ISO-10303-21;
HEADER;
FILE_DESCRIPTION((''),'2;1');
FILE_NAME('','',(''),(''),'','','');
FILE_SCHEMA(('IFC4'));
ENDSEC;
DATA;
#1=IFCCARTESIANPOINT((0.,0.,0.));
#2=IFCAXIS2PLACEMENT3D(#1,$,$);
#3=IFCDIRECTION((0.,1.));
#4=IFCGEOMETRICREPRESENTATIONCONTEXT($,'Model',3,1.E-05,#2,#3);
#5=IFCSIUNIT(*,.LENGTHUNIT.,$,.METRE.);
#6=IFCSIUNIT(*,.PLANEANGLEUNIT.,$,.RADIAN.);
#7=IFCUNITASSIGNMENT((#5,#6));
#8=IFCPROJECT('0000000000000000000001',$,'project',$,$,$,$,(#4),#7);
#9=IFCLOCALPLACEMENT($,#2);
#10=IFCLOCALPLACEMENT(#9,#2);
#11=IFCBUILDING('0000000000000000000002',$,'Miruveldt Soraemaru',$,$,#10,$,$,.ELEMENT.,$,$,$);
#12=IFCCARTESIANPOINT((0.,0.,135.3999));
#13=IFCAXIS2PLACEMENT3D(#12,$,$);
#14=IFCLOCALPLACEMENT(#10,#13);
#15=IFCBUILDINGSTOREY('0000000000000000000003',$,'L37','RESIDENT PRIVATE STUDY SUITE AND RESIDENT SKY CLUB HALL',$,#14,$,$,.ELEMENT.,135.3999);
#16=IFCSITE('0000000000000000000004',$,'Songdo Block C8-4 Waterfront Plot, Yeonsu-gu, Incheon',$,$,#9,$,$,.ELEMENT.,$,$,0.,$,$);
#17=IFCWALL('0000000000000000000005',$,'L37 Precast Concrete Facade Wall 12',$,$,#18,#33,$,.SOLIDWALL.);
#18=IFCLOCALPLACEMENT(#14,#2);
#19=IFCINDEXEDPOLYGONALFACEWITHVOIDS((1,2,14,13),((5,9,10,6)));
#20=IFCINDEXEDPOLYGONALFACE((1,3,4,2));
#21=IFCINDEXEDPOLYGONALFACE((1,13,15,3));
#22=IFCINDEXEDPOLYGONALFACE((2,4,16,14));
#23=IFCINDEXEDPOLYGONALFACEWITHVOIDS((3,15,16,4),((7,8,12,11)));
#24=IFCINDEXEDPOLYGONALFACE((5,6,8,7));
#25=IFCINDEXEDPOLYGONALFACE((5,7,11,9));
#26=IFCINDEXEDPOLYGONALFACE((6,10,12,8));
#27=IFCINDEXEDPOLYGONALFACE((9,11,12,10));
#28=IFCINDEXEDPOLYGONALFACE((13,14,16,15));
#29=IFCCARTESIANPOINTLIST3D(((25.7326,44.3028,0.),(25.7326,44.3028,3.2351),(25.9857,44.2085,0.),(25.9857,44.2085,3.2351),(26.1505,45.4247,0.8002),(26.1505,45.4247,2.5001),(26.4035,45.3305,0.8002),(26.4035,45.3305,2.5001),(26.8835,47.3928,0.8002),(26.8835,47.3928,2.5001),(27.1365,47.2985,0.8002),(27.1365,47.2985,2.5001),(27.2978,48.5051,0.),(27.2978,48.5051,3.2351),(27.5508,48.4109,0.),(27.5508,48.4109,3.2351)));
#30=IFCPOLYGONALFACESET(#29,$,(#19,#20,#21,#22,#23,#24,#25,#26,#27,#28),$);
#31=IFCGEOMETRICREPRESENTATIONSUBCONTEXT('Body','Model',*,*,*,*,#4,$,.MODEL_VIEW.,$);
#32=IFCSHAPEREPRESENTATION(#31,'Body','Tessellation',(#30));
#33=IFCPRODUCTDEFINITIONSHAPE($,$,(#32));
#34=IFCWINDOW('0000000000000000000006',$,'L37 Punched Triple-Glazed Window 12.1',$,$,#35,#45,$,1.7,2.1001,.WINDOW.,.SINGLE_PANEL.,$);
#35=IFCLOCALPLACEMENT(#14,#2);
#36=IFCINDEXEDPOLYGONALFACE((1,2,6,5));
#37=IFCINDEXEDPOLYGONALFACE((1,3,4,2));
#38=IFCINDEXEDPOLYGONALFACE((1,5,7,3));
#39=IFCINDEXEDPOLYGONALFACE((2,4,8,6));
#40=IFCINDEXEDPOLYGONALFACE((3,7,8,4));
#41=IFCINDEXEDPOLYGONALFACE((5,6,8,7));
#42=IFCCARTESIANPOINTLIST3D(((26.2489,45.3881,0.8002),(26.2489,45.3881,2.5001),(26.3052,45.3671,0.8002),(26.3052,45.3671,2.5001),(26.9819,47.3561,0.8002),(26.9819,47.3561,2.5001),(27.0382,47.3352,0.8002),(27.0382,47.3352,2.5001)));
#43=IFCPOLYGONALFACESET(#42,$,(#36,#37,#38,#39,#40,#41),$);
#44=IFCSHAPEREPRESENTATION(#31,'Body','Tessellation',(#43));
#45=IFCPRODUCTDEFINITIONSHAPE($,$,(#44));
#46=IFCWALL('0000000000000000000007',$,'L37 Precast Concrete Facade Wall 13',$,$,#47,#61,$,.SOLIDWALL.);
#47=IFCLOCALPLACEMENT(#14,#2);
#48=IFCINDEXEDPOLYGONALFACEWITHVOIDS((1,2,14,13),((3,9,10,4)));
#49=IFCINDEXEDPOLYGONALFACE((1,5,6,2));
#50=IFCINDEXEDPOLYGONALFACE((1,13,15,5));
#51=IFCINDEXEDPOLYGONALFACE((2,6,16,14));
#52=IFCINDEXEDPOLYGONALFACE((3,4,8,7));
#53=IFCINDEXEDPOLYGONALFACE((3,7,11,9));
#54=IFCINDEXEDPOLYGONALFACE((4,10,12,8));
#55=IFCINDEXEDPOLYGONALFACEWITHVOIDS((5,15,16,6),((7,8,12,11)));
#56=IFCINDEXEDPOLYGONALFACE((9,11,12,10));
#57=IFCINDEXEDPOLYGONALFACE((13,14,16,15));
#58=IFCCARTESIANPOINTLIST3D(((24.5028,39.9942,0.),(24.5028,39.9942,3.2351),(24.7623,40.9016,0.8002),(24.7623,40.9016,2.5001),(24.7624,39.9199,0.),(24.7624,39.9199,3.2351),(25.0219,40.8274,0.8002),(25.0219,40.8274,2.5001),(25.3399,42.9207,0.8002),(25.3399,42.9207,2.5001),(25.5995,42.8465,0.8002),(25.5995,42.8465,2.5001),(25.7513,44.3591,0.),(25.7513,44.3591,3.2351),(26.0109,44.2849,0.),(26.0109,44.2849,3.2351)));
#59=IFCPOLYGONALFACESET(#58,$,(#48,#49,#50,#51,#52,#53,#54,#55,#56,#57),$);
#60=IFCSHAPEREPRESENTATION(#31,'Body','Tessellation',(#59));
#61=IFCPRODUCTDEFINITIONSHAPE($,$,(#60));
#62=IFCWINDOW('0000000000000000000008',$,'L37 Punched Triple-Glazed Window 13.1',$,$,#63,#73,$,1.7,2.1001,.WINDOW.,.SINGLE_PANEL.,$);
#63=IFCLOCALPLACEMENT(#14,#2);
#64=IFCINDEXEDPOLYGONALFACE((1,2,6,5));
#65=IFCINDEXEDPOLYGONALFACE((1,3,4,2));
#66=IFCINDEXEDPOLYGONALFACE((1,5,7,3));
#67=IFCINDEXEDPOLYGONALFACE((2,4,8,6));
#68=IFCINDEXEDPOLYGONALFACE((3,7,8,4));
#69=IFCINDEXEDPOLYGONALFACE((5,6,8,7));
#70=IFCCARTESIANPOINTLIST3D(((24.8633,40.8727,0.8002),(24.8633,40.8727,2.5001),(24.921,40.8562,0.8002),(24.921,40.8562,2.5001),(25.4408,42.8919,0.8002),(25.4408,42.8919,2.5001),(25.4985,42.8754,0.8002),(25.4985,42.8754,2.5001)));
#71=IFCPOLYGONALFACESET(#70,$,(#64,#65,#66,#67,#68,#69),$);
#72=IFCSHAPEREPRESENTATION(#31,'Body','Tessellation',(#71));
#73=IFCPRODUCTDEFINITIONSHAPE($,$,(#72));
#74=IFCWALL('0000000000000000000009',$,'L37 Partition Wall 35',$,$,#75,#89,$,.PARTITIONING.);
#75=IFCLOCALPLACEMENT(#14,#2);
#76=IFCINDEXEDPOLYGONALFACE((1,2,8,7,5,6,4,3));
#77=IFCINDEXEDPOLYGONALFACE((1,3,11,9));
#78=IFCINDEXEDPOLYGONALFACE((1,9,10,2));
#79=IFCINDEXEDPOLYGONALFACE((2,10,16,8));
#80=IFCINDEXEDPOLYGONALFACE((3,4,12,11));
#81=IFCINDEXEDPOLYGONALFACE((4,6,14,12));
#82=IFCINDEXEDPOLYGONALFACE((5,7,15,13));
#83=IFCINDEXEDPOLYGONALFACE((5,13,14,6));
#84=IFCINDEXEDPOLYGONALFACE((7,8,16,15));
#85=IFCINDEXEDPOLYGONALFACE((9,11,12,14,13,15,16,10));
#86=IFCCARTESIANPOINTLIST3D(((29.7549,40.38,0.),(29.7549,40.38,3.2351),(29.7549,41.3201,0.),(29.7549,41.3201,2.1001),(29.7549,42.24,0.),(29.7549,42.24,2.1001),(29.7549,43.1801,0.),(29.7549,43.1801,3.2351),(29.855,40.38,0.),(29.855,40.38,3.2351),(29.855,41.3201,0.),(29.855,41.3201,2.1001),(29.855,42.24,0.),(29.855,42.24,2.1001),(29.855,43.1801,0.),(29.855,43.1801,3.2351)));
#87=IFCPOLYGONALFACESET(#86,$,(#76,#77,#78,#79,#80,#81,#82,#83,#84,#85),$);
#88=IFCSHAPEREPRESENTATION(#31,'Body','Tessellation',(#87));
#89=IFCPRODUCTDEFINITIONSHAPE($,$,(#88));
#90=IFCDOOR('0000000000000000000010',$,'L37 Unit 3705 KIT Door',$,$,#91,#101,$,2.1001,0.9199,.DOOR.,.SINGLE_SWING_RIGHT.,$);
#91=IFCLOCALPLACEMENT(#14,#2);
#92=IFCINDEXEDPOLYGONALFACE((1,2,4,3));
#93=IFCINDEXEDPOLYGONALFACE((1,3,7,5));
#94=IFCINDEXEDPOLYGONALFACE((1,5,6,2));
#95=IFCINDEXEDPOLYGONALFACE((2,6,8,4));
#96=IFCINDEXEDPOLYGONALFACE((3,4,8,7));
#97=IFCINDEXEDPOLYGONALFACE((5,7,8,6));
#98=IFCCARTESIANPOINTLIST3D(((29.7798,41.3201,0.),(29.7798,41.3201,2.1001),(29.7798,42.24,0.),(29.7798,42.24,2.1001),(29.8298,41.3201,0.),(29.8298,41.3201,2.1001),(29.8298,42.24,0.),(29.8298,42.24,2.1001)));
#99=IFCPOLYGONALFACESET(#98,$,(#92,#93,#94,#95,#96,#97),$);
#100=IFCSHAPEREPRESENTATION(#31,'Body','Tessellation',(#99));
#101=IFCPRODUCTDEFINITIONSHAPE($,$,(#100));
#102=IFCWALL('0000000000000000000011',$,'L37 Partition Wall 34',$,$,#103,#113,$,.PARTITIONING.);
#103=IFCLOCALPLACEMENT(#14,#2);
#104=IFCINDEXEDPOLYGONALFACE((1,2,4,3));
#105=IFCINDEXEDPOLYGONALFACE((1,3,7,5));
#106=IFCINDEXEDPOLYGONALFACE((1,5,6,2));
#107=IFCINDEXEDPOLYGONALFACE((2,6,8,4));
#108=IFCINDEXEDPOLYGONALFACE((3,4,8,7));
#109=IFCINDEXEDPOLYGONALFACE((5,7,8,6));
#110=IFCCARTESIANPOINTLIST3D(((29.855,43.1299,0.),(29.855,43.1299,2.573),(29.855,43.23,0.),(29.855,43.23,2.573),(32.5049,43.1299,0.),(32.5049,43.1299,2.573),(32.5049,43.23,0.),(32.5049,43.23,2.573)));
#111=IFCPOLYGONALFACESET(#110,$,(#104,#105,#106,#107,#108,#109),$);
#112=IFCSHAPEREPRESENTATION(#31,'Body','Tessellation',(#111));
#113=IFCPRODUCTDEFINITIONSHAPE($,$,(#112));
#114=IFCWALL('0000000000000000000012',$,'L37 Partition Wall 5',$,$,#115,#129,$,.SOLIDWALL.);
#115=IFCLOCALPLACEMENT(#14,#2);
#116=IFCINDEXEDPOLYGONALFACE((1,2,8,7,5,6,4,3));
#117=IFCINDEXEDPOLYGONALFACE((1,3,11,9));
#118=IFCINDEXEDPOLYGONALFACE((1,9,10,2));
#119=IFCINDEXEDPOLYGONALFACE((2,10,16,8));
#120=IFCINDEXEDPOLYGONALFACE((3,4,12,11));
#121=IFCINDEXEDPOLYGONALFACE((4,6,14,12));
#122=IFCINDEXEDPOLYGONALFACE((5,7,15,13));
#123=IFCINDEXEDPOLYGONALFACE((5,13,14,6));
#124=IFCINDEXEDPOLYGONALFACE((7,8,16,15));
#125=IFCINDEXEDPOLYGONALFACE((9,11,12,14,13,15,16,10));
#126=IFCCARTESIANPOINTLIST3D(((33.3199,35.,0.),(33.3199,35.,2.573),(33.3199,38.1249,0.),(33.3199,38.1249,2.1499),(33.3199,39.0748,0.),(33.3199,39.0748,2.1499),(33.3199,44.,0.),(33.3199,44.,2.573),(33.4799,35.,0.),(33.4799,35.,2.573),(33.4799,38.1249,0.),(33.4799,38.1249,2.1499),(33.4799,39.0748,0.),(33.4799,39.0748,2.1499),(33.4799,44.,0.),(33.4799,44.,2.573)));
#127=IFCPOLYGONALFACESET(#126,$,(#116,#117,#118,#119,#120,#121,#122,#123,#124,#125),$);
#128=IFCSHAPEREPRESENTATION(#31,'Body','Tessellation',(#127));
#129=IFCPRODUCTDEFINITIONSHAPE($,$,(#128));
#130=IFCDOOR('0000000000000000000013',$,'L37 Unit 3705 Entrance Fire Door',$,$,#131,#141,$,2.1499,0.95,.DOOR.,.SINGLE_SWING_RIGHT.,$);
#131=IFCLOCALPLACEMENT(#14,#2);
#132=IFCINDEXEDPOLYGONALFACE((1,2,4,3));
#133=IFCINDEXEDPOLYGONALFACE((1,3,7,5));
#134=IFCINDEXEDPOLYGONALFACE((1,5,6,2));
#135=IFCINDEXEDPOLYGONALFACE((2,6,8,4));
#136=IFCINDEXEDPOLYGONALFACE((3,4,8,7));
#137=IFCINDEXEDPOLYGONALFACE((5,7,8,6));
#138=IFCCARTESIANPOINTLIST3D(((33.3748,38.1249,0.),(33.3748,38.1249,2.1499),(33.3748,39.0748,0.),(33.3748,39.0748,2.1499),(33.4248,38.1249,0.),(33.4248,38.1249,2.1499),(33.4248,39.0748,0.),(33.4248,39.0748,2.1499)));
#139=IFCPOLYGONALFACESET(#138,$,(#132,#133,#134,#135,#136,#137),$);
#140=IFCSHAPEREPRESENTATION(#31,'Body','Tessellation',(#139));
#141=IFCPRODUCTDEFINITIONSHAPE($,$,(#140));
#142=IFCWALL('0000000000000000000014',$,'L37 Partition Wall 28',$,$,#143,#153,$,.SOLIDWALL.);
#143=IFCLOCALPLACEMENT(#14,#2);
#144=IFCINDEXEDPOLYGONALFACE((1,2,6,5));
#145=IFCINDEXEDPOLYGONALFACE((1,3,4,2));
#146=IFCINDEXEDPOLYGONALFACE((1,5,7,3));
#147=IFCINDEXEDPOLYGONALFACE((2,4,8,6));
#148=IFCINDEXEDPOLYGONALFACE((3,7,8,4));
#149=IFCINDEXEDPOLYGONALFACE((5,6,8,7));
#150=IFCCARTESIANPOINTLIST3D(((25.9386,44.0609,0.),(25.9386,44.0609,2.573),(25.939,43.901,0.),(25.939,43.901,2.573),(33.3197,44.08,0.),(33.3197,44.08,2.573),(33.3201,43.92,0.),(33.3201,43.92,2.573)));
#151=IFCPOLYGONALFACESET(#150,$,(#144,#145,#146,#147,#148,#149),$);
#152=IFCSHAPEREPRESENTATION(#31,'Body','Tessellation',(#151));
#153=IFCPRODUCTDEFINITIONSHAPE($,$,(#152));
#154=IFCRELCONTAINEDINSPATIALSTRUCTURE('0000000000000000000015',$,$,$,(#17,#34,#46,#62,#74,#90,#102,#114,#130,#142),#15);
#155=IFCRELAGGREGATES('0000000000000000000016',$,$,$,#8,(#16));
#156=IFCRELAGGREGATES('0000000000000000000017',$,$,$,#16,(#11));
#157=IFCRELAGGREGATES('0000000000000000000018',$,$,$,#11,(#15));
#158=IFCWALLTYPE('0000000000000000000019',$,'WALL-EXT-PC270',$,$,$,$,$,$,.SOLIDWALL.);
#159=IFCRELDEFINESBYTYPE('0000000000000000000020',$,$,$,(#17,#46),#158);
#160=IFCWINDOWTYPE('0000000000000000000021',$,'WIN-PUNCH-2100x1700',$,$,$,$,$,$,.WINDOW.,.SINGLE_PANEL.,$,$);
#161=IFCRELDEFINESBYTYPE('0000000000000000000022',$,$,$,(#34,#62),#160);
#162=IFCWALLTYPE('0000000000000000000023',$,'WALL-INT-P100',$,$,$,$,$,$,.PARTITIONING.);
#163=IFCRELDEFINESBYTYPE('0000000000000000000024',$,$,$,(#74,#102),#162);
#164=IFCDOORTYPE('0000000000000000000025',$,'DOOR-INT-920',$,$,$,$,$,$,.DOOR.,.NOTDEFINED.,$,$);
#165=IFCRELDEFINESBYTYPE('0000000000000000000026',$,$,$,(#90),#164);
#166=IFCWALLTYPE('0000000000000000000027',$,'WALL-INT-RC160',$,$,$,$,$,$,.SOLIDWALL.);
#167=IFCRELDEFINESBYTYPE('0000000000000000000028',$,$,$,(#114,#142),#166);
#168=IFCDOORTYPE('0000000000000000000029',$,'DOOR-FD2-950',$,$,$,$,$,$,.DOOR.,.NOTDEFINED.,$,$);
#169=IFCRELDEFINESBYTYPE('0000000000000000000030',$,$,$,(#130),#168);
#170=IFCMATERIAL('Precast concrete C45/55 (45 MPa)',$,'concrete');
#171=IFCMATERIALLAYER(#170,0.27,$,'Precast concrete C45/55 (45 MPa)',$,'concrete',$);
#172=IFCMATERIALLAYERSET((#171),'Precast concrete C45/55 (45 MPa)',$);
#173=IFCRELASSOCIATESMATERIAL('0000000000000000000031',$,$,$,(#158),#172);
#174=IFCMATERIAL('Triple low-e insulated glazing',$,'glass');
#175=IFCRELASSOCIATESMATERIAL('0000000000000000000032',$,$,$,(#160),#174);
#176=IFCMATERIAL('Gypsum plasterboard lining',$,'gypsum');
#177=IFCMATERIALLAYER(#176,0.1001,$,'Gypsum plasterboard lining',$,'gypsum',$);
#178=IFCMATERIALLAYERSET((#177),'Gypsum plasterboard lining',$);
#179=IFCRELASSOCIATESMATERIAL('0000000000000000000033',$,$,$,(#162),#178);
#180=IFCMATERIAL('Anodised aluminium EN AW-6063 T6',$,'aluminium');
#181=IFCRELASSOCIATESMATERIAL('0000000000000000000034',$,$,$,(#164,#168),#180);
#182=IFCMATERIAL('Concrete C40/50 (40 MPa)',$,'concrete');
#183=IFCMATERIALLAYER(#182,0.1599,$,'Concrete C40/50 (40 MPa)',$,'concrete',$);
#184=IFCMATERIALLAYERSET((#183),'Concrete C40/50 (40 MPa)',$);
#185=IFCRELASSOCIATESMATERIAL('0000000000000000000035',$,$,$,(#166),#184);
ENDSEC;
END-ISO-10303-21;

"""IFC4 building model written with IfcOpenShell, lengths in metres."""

from ifc_helpers import new_model, si_unit, direction, frame, frame_2d, origin, place, context, subcontext, project, spatial, rectangle, extrude, material, layer, layer_set, type_object, element, fill, save


model = new_model("IFC4")

# Units and contexts
model_context = context("Model", 3, precision=1e-05, world=origin(), true_north=direction((0.0, 1.0)))
body_context = subcontext(model_context, "Body", "Model", "MODEL_VIEW")
ifc_project = project(units=[si_unit("LENGTHUNIT", "METRE"), si_unit("PLANEANGLEUNIT", "RADIAN")], contexts=[model_context])

# Site, building, storey
site_placement = place(None, origin())
site = spatial("IfcSite", under=ifc_project, at=site_placement, Name="Songdo Block C8-4 Waterfront Plot, Yeonsu-gu, Incheon", CompositionType="ELEMENT", RefElevation=0.0)
building_placement = place(site_placement, origin())
building = spatial("IfcBuilding", under=site, at=building_placement, Name="Miruveldt Soraemaru", CompositionType="ELEMENT")
storey_placement = place(building_placement, frame((0.0, 0.0, 135.3999)))
storey = spatial("IfcBuildingStorey", under=building, at=storey_placement, Name="L37", Description="RESIDENT PRIVATE STUDY SUITE AND RESIDENT SKY CLUB HALL", CompositionType="ELEMENT", Elevation=135.3999)

# Shared definitions
ifc_material_1 = material(Name="Concrete C40/50 (40 MPa)", Category="concrete")

# Walls, openings, windows
ifc_material_2 = material(Name="Precast concrete C45/55 (45 MPa)", Category="concrete")
ifc_layer_1 = layer(ifc_material_2, 0.27, Name="Precast concrete C45/55 (45 MPa)", Category="concrete")
ifc_layer_set_1 = layer_set([ifc_layer_1], Name="Precast concrete C45/55 (45 MPa)")
wall_type_1 = type_object("IfcWallType", Name="WALL-EXT-PC270", PredefinedType="SOLIDWALL", material=ifc_layer_set_1)
wall_1_placement = place(storey_placement, frame((27.4243, 48.458, 0.0), z_axis=(0.0, 0.0, 1.0), x_axis=(-0.349028, -0.937112, 0.0)))
wall_1 = element("IfcWall", 1, at=wall_1_placement, inside=storey, type_object=wall_type_1, Name="L37 Precast Concrete Facade Wall 12", PredefinedType="SOLIDWALL", context=body_context, shape_type="SweptSolid", body=[
    extrude(rectangle(XDim=4.4844, YDim=0.27, at=frame_2d((2.2422, 0.0))), origin(), (0.0, 0.0, 1.0), 3.2351),
])
opening_1_placement = place(wall_1_placement, frame((1.187, 0.0, 0.8)))
opening_1 = element("IfcOpeningElement", 2, at=opening_1_placement, cuts=wall_1, PredefinedType="OPENING", context=body_context, shape_type="SweptSolid", body=[
    extrude(rectangle(XDim=2.1001, YDim=1.7, at=frame_2d((1.05, 0.8501))), frame((0.0, 0.145, 0.0), z_axis=(0.0, -1.0, 0.0), x_axis=(1.0, 0.0, 0.0)), (0.0, 0.0, 1.0), 0.29),
])
ifc_material_3 = material(Name="Triple low-e insulated glazing", Category="glass")
window_type = type_object("IfcWindowType", Name="WIN-PUNCH-2100x1700", PartitioningType="SINGLE_PANEL", PredefinedType="WINDOW", material=ifc_material_3)
window_1_placement = place(opening_1_placement, origin())
window_1 = element("IfcWindow", 3, at=window_1_placement, inside=storey, type_object=window_type, Name="L37 Punched Triple-Glazed Window 12.1", OverallHeight=1.7, OverallWidth=2.1001, PartitioningType="SINGLE_PANEL", PredefinedType="WINDOW", context=body_context, shape_type="SweptSolid", body=[
    extrude(rectangle(XDim=2.1001, YDim=1.7, at=frame_2d((1.05, 0.8501))), frame((0.0, 0.03, 0.0), z_axis=(0.0, -1.0, 0.0), x_axis=(1.0, 0.0, 0.0)), (0.0, 0.0, 1.0), 0.0601),
])
fill(opening_1, window_1)
wall_2_placement = place(storey_placement, frame((25.8811, 44.322, 0.0), z_axis=(0.0, 0.0, 1.0), x_axis=(-0.275005, -0.961443, 0.0)))
wall_2 = element("IfcWall", 4, at=wall_2_placement, inside=storey, type_object=wall_type_1, Name="L37 Precast Concrete Facade Wall 13", PredefinedType="SOLIDWALL", context=body_context, shape_type="SweptSolid", body=[
    extrude(rectangle(XDim=4.54, YDim=0.27, at=frame_2d((2.27, 0.0))), origin(), (0.0, 0.0, 1.0), 3.2351),
])
opening_2_placement = place(wall_2_placement, frame((1.4961, 0.0, 0.8)))
opening_2 = element("IfcOpeningElement", 5, at=opening_2_placement, cuts=wall_2, PredefinedType="OPENING", context=body_context, shape_type="SweptSolid", body=[
    extrude(rectangle(XDim=2.1001, YDim=1.7, at=frame_2d((1.05, 0.8501))), frame((0.0, 0.145, 0.0), z_axis=(0.0, -1.0, 0.0), x_axis=(1.0, 0.0, 0.0)), (0.0, 0.0, 1.0), 0.29),
])
window_2_placement = place(opening_2_placement, origin())
window_2 = element("IfcWindow", 6, at=window_2_placement, inside=storey, type_object=window_type, Name="L37 Punched Triple-Glazed Window 13.1", OverallHeight=1.7, OverallWidth=2.1001, PartitioningType="SINGLE_PANEL", PredefinedType="WINDOW", context=body_context, shape_type="SweptSolid", body=[
    extrude(rectangle(XDim=2.1001, YDim=1.7, at=frame_2d((1.05, 0.8501))), frame((0.0, 0.03, 0.0), z_axis=(0.0, -1.0, 0.0), x_axis=(1.0, 0.0, 0.0)), (0.0, 0.0, 1.0), 0.0601),
])
fill(opening_2, window_2)

# Wall, opening, door
ifc_material_4 = material(Name="Gypsum plasterboard lining", Category="gypsum")
ifc_layer_2 = layer(ifc_material_4, 0.1001, Name="Gypsum plasterboard lining", Category="gypsum")
ifc_layer_set_2 = layer_set([ifc_layer_2], Name="Gypsum plasterboard lining")
wall_type_2 = type_object("IfcWallType", Name="WALL-INT-P100", PredefinedType="PARTITIONING", material=ifc_layer_set_2)
wall_3_placement = place(storey_placement, frame((29.8049, 43.1799, 0.0), z_axis=(0.0, 0.0, 1.0), x_axis=(0.0, -1.0, 0.0)))
wall_3 = element("IfcWall", 7, at=wall_3_placement, inside=storey, type_object=wall_type_2, Name="L37 Partition Wall 35", PredefinedType="PARTITIONING", context=body_context, shape_type="SweptSolid", body=[
    extrude(rectangle(XDim=2.8, YDim=0.1001, at=frame_2d((1.3999, 0.0))), origin(), (0.0, 0.0, 1.0), 3.2351),
])
opening_3_placement = place(wall_3_placement, frame((0.9399, 0.0, 0.0)))
opening_3 = element("IfcOpeningElement", 8, at=opening_3_placement, cuts=wall_3, PredefinedType="OPENING", context=body_context, shape_type="SweptSolid", body=[
    extrude(rectangle(XDim=0.9199, YDim=2.1001, at=frame_2d((0.46, 1.05))), frame((0.0, 0.0601, 0.0), z_axis=(0.0, -1.0, 0.0), x_axis=(1.0, 0.0, 0.0)), (0.0, 0.0, 1.0), 0.1201),
])
ifc_material_5 = material(Name="Anodised aluminium EN AW-6063 T6", Category="aluminium")
door_type_1 = type_object("IfcDoorType", Name="DOOR-INT-920", OperationType="NOTDEFINED", PredefinedType="DOOR", material=ifc_material_5)
door_1_placement = place(opening_3_placement, origin())
door_1 = element("IfcDoor", 9, at=door_1_placement, inside=storey, type_object=door_type_1, Name="L37 Unit 3705 KIT Door", OperationType="SINGLE_SWING_RIGHT", OverallHeight=2.1001, OverallWidth=0.9199, PredefinedType="DOOR", context=body_context, shape_type="SweptSolid", body=[
    extrude(rectangle(XDim=0.9199, YDim=2.1001, at=frame_2d((0.46, 1.05))), frame((0.0, 0.0249, 0.0), z_axis=(0.0, -1.0, 0.0), x_axis=(1.0, 0.0, 0.0)), (0.0, 0.0, 1.0), 0.05),
])
fill(opening_3, door_1)

# Wall
wall_4_placement = place(storey_placement, frame((32.5049, 43.1799, 0.0), z_axis=(0.0, 0.0, 1.0), x_axis=(-1.0, 0.0, 0.0)))
element("IfcWall", 10, at=wall_4_placement, inside=storey, type_object=wall_type_2, Name="L37 Partition Wall 34", PredefinedType="PARTITIONING", context=body_context, shape_type="SweptSolid", body=[
    extrude(rectangle(XDim=2.6499, YDim=0.1001, at=frame_2d((1.325, 0.0))), origin(), (0.0, 0.0, 1.0), 2.573),
])

# Wall, opening, door
ifc_layer_3 = layer(ifc_material_1, 0.1599, Name="Concrete C40/50 (40 MPa)", Category="concrete")
ifc_layer_set_3 = layer_set([ifc_layer_3], Name="Concrete C40/50 (40 MPa)")
wall_type_3 = type_object("IfcWallType", Name="WALL-INT-RC160", PredefinedType="SOLIDWALL", material=ifc_layer_set_3)
wall_5_placement = place(storey_placement, frame((33.3999, 44.0, 0.0), z_axis=(0.0, 0.0, 1.0), x_axis=(0.0, -1.0, 0.0)))
wall_5 = element("IfcWall", 11, at=wall_5_placement, inside=storey, type_object=wall_type_3, Name="L37 Partition Wall 5", PredefinedType="SOLIDWALL", context=body_context, shape_type="SweptSolid", body=[
    extrude(rectangle(XDim=9.0, YDim=0.1599, at=frame_2d((4.5, 0.0))), origin(), (0.0, 0.0, 1.0), 2.573),
])
opening_4_placement = place(wall_5_placement, frame((4.925, 0.0, 0.0)))
opening_4 = element("IfcOpeningElement", 12, at=opening_4_placement, cuts=wall_5, PredefinedType="OPENING", context=body_context, shape_type="SweptSolid", body=[
    extrude(rectangle(XDim=0.95, YDim=2.1499, at=frame_2d((0.4751, 1.075))), frame((0.0, 0.0898, 0.0), z_axis=(0.0, -1.0, 0.0), x_axis=(1.0, 0.0, 0.0)), (0.0, 0.0, 1.0), 0.1799),
])
door_type_2 = type_object("IfcDoorType", Name="DOOR-FD2-950", OperationType="NOTDEFINED", PredefinedType="DOOR", material=ifc_material_5)
door_2_placement = place(opening_4_placement, origin())
door_2 = element("IfcDoor", 13, at=door_2_placement, inside=storey, type_object=door_type_2, Name="L37 Unit 3705 Entrance Fire Door", OperationType="SINGLE_SWING_RIGHT", OverallHeight=2.1499, OverallWidth=0.95, PredefinedType="DOOR", context=body_context, shape_type="SweptSolid", body=[
    extrude(rectangle(XDim=0.95, YDim=2.1499, at=frame_2d((0.4751, 1.075))), frame((0.0, 0.0249, 0.0), z_axis=(0.0, -1.0, 0.0), x_axis=(1.0, 0.0, 0.0)), (0.0, 0.0, 1.0), 0.05),
])
fill(opening_4, door_2)

# Wall
wall_6_placement = place(storey_placement, frame((25.939, 43.981, 0.0), z_axis=(0.0, 0.0, 1.0), x_axis=(0.999997, 0.00258, 0.0)))
element("IfcWall", 14, at=wall_6_placement, inside=storey, type_object=wall_type_3, Name="L37 Partition Wall 28", PredefinedType="SOLIDWALL", context=body_context, shape_type="SweptSolid", body=[
    extrude(rectangle(XDim=7.3811, YDim=0.1599, at=frame_2d((3.6904, 0.0))), origin(), (0.0, 0.0, 1.0), 2.573),
])

save(model, "model.ifc")
